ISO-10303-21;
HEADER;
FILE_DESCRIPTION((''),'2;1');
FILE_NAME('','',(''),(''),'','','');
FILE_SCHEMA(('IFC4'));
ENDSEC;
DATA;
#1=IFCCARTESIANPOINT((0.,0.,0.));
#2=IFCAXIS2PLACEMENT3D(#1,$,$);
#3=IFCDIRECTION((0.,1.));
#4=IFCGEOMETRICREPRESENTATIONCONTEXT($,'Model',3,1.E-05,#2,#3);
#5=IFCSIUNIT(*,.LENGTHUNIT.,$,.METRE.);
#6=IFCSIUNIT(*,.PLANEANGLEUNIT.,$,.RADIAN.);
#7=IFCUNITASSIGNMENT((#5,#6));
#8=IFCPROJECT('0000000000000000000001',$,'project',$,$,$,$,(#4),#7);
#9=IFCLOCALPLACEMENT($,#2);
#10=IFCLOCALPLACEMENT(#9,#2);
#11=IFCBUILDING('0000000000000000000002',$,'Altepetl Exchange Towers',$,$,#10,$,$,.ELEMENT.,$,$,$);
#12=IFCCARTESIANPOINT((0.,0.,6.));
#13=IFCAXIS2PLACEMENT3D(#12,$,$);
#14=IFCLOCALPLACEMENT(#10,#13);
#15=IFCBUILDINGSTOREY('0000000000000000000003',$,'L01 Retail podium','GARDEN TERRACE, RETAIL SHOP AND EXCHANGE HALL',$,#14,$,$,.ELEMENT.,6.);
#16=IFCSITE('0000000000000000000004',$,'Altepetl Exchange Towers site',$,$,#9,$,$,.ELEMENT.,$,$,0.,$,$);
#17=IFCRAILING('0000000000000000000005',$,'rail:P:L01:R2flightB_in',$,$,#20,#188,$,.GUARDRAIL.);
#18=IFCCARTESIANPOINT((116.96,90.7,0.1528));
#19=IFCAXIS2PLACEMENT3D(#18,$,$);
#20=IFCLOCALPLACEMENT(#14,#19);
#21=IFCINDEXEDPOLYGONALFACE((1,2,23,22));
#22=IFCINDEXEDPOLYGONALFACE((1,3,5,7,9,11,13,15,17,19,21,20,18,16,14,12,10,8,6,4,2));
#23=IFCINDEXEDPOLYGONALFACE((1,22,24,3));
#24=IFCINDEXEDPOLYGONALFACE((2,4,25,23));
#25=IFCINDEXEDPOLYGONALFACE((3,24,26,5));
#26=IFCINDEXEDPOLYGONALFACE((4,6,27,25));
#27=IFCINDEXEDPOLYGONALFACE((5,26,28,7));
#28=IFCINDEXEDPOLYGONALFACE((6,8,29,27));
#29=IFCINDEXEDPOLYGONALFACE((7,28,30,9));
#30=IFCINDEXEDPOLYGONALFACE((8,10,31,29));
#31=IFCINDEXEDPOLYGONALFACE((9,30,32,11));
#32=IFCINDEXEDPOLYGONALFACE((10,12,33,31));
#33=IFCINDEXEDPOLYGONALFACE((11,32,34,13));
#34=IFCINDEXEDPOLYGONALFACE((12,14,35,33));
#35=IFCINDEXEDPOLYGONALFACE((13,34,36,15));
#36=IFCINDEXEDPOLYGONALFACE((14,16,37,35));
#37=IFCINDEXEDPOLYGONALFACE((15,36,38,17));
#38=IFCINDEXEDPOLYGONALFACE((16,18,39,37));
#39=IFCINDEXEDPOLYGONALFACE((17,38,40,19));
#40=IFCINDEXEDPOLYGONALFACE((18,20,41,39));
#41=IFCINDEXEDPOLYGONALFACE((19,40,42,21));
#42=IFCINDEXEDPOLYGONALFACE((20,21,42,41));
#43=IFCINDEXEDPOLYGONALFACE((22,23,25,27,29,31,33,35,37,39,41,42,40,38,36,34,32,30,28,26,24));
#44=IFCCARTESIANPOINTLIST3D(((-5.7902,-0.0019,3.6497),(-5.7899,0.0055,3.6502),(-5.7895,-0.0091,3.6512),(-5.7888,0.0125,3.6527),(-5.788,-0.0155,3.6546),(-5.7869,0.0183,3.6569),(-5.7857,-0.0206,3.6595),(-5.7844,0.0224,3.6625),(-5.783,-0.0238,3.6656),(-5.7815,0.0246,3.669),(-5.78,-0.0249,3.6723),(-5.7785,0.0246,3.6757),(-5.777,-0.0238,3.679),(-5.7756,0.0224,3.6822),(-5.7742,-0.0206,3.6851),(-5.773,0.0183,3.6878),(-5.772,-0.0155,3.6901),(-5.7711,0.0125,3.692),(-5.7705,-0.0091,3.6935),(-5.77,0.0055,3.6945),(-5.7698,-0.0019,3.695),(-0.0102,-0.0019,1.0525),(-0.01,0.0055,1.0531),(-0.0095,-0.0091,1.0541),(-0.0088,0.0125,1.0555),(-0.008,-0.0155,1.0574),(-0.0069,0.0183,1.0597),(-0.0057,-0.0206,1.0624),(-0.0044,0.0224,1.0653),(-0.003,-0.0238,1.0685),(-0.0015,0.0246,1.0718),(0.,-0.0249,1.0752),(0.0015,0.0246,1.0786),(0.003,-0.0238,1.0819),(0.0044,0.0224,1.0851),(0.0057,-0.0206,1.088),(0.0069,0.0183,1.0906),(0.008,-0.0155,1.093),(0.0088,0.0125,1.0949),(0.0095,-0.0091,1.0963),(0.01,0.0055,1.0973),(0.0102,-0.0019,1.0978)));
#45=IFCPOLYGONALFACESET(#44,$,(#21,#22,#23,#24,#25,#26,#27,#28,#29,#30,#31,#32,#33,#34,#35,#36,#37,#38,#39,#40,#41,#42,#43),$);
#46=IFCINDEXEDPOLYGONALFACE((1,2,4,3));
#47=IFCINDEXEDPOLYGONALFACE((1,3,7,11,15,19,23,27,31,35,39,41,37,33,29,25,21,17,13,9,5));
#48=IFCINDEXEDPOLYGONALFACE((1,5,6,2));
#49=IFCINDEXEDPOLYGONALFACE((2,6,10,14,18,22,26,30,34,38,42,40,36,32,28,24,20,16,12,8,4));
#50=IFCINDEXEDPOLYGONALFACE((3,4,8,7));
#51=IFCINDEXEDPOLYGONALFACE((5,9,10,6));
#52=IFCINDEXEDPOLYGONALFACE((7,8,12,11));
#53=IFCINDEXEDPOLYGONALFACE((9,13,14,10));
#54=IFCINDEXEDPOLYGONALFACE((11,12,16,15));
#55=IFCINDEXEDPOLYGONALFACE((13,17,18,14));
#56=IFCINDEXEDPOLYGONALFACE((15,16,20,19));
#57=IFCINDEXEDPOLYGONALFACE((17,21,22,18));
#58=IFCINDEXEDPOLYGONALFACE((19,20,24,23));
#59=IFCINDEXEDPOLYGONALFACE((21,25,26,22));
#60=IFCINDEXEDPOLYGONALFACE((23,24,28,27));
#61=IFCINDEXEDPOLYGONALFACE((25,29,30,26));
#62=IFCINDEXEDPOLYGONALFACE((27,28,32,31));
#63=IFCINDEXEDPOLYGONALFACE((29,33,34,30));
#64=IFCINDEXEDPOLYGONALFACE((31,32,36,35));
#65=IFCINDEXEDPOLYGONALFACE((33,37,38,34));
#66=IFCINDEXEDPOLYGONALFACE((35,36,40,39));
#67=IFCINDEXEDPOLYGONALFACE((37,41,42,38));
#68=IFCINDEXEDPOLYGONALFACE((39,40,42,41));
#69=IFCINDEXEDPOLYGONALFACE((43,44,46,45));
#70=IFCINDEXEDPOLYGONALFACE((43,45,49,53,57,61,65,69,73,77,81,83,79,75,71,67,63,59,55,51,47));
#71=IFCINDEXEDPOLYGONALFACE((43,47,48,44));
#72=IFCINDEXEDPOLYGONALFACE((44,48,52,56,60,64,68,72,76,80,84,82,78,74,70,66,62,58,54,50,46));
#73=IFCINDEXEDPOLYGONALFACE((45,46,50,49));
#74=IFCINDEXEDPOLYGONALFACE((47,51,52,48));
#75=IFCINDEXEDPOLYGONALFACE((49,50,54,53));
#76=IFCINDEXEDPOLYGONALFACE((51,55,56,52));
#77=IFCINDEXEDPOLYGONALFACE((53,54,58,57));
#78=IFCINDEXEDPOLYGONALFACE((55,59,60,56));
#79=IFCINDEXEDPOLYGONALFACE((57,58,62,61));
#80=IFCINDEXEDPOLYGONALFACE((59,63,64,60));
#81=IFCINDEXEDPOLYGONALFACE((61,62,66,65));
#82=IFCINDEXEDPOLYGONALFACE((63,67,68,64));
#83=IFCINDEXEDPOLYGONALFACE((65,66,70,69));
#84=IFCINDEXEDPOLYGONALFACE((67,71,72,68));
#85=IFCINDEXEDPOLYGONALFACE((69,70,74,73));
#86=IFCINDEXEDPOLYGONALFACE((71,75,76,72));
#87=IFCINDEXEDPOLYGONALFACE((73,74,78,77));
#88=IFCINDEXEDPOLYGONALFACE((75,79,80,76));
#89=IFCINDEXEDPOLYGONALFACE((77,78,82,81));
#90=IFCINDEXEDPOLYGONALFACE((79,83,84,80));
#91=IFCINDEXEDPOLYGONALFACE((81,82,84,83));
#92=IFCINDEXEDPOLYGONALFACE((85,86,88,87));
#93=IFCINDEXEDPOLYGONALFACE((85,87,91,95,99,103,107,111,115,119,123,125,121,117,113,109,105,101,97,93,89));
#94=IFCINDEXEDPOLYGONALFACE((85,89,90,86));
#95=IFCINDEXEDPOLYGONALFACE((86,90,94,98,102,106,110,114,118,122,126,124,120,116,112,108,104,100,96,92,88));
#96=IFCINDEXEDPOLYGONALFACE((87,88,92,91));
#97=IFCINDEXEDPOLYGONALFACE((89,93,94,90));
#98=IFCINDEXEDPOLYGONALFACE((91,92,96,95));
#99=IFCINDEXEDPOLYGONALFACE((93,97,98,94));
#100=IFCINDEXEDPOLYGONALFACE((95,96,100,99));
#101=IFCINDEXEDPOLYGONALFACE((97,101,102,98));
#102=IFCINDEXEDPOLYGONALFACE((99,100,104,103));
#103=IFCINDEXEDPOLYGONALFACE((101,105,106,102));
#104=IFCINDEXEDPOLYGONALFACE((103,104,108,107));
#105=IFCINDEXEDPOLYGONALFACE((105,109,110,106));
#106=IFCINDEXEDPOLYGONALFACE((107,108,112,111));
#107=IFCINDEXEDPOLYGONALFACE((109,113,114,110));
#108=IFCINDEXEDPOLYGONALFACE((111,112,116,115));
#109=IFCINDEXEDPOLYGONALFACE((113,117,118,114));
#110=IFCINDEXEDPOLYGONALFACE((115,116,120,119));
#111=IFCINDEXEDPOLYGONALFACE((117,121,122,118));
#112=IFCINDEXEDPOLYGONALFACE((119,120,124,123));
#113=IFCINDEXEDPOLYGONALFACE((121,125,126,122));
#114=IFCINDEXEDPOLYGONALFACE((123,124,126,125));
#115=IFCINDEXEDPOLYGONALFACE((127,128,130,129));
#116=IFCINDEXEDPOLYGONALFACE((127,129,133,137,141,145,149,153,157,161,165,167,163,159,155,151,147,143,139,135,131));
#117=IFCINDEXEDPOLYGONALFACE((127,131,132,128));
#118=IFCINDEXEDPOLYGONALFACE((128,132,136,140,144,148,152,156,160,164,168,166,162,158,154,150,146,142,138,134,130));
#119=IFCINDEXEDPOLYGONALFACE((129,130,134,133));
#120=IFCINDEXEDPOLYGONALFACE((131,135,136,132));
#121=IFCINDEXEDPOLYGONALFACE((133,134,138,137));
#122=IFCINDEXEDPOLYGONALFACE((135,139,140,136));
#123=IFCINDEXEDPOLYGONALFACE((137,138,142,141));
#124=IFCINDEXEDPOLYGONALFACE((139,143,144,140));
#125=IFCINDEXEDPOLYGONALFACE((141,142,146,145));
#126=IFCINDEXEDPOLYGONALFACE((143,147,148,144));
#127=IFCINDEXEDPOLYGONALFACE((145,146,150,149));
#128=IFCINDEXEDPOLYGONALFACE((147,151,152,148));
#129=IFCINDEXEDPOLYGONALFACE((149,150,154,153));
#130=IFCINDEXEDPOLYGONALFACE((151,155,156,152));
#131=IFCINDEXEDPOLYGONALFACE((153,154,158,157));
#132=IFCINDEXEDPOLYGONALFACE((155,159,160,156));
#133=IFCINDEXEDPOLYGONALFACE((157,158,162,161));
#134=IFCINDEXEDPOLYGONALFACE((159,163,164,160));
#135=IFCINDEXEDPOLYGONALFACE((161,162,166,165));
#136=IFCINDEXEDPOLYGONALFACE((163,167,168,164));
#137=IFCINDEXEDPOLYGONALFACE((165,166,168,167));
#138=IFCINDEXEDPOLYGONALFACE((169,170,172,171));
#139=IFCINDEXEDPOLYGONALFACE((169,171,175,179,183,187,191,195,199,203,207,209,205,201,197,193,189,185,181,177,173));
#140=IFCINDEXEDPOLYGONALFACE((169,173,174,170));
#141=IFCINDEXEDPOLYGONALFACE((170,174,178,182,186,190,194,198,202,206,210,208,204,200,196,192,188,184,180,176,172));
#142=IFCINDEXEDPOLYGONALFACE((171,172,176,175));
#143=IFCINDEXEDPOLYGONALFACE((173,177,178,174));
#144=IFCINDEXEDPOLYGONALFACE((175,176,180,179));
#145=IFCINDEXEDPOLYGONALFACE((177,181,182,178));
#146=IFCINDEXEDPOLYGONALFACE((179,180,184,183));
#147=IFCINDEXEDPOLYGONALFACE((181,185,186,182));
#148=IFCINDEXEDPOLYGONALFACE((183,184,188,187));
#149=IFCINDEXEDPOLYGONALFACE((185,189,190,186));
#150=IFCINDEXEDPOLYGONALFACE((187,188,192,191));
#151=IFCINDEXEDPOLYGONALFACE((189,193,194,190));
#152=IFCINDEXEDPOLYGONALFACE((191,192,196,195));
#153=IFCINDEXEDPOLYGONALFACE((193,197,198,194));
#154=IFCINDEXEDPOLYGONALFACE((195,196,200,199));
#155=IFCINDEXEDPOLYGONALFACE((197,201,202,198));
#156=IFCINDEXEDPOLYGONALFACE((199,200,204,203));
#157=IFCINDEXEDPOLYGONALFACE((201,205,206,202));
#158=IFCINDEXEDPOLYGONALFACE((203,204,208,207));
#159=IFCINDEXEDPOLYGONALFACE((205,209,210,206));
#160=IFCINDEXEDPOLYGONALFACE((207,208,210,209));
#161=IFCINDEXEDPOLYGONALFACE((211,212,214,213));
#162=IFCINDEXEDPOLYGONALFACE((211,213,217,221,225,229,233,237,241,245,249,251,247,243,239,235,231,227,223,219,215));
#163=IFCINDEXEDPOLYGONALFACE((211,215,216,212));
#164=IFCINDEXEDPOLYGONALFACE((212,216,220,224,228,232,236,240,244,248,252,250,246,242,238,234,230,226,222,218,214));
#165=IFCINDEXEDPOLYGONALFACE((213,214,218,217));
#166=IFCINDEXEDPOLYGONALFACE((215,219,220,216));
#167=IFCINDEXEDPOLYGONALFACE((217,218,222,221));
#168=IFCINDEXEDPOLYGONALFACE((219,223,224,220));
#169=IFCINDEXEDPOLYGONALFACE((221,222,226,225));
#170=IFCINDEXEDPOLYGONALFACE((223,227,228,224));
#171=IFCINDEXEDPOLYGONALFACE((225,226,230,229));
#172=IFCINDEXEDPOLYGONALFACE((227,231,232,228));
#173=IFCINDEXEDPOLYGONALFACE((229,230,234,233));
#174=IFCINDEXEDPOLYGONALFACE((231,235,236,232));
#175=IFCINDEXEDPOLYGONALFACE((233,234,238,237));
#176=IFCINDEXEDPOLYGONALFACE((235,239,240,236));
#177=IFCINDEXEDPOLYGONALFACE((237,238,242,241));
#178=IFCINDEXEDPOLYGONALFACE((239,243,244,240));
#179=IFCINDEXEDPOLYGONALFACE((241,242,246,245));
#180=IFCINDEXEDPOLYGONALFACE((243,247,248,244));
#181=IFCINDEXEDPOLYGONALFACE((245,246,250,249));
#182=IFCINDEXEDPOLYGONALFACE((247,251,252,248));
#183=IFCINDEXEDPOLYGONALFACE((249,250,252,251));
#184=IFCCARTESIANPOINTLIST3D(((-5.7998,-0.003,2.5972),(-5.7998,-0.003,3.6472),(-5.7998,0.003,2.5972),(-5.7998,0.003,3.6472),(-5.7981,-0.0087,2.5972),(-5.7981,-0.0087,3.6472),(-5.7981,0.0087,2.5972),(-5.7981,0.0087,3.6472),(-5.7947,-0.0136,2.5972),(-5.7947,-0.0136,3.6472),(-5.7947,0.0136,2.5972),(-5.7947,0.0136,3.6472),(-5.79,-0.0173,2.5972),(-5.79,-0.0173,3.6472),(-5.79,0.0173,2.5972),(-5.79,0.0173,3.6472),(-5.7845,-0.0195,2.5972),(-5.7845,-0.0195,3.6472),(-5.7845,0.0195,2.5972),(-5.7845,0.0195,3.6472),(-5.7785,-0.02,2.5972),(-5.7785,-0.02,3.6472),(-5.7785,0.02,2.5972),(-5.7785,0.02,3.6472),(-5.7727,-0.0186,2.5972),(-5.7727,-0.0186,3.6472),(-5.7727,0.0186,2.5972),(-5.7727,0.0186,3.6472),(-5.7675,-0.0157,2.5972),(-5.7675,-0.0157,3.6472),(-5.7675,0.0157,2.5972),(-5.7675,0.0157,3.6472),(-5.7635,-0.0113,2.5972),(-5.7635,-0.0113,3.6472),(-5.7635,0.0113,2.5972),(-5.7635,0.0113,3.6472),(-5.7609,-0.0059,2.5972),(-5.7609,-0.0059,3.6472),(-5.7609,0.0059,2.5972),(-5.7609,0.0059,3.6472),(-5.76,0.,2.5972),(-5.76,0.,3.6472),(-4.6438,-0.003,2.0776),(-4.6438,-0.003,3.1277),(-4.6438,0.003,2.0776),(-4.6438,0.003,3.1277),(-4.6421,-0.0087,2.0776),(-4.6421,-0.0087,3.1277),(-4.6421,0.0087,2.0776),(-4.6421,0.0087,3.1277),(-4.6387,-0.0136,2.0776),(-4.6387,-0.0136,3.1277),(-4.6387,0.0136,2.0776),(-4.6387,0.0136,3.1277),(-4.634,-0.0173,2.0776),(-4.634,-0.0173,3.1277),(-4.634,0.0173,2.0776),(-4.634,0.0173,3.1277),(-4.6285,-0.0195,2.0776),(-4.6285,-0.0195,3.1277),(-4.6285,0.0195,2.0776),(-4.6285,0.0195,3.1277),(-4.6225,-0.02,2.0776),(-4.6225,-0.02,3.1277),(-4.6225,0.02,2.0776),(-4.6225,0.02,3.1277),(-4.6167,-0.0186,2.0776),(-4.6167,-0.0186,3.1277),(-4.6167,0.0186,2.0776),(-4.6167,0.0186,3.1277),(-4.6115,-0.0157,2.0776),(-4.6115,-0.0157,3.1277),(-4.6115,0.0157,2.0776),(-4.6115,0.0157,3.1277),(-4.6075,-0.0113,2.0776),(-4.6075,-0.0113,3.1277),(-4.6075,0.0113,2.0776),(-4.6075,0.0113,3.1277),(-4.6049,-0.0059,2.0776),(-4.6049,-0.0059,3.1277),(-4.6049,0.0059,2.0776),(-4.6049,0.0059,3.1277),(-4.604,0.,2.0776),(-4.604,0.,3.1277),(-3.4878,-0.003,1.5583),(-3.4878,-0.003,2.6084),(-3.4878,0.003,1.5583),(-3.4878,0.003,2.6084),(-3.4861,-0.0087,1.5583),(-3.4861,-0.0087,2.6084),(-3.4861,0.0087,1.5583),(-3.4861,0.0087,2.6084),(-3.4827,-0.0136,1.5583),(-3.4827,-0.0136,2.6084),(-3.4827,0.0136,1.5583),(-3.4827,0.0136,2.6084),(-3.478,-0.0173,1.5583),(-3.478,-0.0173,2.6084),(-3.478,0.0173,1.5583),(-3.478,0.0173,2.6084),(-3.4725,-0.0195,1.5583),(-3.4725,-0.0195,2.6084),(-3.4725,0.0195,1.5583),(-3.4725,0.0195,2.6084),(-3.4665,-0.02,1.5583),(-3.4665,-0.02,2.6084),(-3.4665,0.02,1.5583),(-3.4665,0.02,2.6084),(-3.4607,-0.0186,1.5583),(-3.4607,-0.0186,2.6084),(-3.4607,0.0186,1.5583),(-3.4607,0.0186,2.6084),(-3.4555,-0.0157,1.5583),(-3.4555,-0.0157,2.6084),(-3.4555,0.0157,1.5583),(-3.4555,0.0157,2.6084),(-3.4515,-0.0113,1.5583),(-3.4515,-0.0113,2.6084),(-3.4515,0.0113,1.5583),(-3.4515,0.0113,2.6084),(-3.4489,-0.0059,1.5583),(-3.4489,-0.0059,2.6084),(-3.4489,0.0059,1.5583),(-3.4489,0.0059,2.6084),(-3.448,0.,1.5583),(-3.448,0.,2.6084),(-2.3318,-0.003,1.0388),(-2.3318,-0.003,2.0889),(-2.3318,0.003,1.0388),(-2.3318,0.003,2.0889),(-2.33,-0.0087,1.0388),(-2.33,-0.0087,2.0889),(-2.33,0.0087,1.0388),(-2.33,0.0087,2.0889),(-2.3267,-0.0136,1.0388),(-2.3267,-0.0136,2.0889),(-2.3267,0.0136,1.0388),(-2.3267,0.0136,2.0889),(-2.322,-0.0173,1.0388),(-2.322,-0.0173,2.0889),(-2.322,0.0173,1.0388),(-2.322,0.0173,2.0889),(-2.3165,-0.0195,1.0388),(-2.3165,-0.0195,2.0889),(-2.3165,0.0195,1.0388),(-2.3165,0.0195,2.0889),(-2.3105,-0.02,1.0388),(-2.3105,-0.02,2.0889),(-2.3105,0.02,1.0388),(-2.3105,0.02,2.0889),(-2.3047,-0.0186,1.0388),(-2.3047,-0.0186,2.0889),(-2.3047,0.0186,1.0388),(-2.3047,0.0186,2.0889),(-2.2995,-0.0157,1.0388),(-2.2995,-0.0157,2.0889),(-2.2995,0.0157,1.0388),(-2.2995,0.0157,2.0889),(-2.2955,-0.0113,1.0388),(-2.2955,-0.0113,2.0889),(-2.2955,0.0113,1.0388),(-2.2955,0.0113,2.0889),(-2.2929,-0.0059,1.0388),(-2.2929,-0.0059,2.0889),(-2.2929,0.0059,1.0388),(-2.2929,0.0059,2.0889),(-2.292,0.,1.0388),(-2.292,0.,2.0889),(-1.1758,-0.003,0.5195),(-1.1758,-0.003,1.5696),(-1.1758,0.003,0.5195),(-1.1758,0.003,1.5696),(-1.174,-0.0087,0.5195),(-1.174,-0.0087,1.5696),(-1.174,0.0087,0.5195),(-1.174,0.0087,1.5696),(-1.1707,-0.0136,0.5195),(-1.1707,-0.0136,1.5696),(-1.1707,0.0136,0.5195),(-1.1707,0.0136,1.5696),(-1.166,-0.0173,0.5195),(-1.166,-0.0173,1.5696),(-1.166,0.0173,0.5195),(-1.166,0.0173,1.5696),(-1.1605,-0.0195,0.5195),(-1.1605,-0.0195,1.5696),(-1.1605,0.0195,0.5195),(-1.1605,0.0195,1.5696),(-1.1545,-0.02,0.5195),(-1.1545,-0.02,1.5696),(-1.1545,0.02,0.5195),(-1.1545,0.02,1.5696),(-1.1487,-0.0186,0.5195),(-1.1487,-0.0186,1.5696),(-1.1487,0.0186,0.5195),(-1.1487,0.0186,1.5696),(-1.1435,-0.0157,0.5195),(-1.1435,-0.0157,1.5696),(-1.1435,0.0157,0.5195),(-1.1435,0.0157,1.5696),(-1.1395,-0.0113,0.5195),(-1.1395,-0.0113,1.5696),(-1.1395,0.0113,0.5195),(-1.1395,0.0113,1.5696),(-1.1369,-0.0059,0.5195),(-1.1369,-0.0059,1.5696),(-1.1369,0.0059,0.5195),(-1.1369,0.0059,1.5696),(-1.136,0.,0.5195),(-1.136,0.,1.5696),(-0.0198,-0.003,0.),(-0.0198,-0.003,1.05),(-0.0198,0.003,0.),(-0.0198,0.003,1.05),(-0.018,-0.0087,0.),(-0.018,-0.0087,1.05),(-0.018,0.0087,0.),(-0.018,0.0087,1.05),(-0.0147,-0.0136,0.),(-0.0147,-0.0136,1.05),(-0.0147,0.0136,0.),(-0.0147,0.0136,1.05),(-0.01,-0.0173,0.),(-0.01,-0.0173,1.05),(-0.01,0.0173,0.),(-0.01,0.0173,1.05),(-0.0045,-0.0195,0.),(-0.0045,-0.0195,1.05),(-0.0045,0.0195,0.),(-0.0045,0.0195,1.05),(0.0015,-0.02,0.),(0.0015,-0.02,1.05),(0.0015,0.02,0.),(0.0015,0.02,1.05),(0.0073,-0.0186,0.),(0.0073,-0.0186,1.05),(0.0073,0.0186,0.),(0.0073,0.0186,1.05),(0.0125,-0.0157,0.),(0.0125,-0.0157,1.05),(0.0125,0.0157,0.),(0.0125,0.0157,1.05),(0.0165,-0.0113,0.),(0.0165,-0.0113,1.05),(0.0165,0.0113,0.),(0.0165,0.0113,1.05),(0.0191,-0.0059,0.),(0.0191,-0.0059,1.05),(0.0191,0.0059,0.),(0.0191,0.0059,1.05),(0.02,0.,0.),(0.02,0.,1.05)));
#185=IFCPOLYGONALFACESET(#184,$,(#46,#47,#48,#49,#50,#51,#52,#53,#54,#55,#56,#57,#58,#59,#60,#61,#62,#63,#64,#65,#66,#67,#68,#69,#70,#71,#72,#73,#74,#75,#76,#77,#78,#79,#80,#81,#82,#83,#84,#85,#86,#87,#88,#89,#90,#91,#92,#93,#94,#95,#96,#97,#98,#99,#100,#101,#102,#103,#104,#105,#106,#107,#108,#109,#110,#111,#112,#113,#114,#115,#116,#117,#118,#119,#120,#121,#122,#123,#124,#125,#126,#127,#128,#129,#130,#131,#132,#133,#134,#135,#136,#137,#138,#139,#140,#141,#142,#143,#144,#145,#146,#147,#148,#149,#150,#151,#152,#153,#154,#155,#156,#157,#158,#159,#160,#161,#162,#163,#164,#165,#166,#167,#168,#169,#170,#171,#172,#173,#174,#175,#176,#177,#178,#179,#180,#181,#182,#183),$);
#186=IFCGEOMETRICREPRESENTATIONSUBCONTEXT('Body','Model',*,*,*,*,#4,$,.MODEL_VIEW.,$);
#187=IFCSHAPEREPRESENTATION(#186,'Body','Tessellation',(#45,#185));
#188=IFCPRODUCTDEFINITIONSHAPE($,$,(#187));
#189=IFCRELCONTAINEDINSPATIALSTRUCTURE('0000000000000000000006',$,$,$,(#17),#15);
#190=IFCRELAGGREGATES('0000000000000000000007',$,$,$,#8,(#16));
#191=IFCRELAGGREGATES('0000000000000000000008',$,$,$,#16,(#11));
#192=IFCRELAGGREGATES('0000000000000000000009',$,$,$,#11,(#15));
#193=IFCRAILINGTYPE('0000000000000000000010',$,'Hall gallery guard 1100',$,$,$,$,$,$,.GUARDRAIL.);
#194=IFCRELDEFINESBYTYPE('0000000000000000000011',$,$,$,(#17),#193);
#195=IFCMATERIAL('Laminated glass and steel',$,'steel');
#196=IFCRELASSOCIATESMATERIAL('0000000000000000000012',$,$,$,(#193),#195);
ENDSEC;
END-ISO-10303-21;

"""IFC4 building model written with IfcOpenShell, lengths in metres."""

from ifc_helpers import new_model, si_unit, direction, frame, origin, origin_2d, place, context, subcontext, project, spatial, circle, extrude, source, transform, mapped, material, type_object, element, save


model = new_model("IFC4")

# Units and contexts
model_context = context("Model", 3, precision=1e-05, world=origin(), true_north=direction((0.0, 1.0)))
body_context = subcontext(model_context, "Body", "Model", "MODEL_VIEW")
ifc_project = project(units=[si_unit("LENGTHUNIT", "METRE"), si_unit("PLANEANGLEUNIT", "RADIAN")], contexts=[model_context])

# Site, building, storey
site_placement = place(None, origin())
site = spatial("IfcSite", under=ifc_project, at=site_placement, Name="Altepetl Exchange Towers site", CompositionType="ELEMENT", RefElevation=0.0)
building_placement = place(site_placement, origin())
building = spatial("IfcBuilding", under=site, at=building_placement, Name="Altepetl Exchange Towers", CompositionType="ELEMENT")
storey_placement = place(building_placement, frame((0.0, 0.0, 6.0)))
storey = spatial("IfcBuildingStorey", under=building, at=storey_placement, Name="L01 Retail podium", Description="GARDEN TERRACE, RETAIL SHOP AND EXCHANGE HALL", CompositionType="ELEMENT", Elevation=6.0)

# Railing
ifc_material_1 = material(Name="Laminated glass and steel", Category="steel")
railing_type_1 = type_object("IfcRailingType", Name="Hall gallery guard 1100", PredefinedType="GUARDRAIL", material=ifc_material_1)
shared_shape_1 = source(origin(), body_context, "Body", "SweptSolid", [
    extrude(circle(Radius=0.02, at=origin_2d()), origin(), (0.0, 0.0, 1.0), 1.05),
])
for number, where, name in (
    (1, (116.96, 90.7, 0.1528), "rail:P:L01:R2flightB_in"),
):
    element("IfcRailing", number, at=place(storey_placement, frame(where)), inside=storey, type_object=railing_type_1, Name=name, PredefinedType="GUARDRAIL", context=body_context, shape_type="SweptSolid", body=[
        extrude(circle(Radius=0.0249, at=origin_2d()), frame((0.0, 0.0, 1.0752), z_axis=(-0.912148, 0.0, 0.40986), x_axis=(0.0, -1.0, 0.0)), (0.0, 0.0, 1.0), 6.3367),
        mapped(shared_shape_1, transform((0.0, 0.0, 0.0))),
        mapped(shared_shape_1, transform((-1.156, 0.0, 0.5195))),
        mapped(shared_shape_1, transform((-2.312, 0.0, 1.0388))),
        mapped(shared_shape_1, transform((-3.468, 0.0, 1.5583))),
        mapped(shared_shape_1, transform((-4.624, 0.0, 2.0776))),
        mapped(shared_shape_1, transform((-5.78, 0.0, 2.5972))),
    ])

save(model, "model.ifc")
